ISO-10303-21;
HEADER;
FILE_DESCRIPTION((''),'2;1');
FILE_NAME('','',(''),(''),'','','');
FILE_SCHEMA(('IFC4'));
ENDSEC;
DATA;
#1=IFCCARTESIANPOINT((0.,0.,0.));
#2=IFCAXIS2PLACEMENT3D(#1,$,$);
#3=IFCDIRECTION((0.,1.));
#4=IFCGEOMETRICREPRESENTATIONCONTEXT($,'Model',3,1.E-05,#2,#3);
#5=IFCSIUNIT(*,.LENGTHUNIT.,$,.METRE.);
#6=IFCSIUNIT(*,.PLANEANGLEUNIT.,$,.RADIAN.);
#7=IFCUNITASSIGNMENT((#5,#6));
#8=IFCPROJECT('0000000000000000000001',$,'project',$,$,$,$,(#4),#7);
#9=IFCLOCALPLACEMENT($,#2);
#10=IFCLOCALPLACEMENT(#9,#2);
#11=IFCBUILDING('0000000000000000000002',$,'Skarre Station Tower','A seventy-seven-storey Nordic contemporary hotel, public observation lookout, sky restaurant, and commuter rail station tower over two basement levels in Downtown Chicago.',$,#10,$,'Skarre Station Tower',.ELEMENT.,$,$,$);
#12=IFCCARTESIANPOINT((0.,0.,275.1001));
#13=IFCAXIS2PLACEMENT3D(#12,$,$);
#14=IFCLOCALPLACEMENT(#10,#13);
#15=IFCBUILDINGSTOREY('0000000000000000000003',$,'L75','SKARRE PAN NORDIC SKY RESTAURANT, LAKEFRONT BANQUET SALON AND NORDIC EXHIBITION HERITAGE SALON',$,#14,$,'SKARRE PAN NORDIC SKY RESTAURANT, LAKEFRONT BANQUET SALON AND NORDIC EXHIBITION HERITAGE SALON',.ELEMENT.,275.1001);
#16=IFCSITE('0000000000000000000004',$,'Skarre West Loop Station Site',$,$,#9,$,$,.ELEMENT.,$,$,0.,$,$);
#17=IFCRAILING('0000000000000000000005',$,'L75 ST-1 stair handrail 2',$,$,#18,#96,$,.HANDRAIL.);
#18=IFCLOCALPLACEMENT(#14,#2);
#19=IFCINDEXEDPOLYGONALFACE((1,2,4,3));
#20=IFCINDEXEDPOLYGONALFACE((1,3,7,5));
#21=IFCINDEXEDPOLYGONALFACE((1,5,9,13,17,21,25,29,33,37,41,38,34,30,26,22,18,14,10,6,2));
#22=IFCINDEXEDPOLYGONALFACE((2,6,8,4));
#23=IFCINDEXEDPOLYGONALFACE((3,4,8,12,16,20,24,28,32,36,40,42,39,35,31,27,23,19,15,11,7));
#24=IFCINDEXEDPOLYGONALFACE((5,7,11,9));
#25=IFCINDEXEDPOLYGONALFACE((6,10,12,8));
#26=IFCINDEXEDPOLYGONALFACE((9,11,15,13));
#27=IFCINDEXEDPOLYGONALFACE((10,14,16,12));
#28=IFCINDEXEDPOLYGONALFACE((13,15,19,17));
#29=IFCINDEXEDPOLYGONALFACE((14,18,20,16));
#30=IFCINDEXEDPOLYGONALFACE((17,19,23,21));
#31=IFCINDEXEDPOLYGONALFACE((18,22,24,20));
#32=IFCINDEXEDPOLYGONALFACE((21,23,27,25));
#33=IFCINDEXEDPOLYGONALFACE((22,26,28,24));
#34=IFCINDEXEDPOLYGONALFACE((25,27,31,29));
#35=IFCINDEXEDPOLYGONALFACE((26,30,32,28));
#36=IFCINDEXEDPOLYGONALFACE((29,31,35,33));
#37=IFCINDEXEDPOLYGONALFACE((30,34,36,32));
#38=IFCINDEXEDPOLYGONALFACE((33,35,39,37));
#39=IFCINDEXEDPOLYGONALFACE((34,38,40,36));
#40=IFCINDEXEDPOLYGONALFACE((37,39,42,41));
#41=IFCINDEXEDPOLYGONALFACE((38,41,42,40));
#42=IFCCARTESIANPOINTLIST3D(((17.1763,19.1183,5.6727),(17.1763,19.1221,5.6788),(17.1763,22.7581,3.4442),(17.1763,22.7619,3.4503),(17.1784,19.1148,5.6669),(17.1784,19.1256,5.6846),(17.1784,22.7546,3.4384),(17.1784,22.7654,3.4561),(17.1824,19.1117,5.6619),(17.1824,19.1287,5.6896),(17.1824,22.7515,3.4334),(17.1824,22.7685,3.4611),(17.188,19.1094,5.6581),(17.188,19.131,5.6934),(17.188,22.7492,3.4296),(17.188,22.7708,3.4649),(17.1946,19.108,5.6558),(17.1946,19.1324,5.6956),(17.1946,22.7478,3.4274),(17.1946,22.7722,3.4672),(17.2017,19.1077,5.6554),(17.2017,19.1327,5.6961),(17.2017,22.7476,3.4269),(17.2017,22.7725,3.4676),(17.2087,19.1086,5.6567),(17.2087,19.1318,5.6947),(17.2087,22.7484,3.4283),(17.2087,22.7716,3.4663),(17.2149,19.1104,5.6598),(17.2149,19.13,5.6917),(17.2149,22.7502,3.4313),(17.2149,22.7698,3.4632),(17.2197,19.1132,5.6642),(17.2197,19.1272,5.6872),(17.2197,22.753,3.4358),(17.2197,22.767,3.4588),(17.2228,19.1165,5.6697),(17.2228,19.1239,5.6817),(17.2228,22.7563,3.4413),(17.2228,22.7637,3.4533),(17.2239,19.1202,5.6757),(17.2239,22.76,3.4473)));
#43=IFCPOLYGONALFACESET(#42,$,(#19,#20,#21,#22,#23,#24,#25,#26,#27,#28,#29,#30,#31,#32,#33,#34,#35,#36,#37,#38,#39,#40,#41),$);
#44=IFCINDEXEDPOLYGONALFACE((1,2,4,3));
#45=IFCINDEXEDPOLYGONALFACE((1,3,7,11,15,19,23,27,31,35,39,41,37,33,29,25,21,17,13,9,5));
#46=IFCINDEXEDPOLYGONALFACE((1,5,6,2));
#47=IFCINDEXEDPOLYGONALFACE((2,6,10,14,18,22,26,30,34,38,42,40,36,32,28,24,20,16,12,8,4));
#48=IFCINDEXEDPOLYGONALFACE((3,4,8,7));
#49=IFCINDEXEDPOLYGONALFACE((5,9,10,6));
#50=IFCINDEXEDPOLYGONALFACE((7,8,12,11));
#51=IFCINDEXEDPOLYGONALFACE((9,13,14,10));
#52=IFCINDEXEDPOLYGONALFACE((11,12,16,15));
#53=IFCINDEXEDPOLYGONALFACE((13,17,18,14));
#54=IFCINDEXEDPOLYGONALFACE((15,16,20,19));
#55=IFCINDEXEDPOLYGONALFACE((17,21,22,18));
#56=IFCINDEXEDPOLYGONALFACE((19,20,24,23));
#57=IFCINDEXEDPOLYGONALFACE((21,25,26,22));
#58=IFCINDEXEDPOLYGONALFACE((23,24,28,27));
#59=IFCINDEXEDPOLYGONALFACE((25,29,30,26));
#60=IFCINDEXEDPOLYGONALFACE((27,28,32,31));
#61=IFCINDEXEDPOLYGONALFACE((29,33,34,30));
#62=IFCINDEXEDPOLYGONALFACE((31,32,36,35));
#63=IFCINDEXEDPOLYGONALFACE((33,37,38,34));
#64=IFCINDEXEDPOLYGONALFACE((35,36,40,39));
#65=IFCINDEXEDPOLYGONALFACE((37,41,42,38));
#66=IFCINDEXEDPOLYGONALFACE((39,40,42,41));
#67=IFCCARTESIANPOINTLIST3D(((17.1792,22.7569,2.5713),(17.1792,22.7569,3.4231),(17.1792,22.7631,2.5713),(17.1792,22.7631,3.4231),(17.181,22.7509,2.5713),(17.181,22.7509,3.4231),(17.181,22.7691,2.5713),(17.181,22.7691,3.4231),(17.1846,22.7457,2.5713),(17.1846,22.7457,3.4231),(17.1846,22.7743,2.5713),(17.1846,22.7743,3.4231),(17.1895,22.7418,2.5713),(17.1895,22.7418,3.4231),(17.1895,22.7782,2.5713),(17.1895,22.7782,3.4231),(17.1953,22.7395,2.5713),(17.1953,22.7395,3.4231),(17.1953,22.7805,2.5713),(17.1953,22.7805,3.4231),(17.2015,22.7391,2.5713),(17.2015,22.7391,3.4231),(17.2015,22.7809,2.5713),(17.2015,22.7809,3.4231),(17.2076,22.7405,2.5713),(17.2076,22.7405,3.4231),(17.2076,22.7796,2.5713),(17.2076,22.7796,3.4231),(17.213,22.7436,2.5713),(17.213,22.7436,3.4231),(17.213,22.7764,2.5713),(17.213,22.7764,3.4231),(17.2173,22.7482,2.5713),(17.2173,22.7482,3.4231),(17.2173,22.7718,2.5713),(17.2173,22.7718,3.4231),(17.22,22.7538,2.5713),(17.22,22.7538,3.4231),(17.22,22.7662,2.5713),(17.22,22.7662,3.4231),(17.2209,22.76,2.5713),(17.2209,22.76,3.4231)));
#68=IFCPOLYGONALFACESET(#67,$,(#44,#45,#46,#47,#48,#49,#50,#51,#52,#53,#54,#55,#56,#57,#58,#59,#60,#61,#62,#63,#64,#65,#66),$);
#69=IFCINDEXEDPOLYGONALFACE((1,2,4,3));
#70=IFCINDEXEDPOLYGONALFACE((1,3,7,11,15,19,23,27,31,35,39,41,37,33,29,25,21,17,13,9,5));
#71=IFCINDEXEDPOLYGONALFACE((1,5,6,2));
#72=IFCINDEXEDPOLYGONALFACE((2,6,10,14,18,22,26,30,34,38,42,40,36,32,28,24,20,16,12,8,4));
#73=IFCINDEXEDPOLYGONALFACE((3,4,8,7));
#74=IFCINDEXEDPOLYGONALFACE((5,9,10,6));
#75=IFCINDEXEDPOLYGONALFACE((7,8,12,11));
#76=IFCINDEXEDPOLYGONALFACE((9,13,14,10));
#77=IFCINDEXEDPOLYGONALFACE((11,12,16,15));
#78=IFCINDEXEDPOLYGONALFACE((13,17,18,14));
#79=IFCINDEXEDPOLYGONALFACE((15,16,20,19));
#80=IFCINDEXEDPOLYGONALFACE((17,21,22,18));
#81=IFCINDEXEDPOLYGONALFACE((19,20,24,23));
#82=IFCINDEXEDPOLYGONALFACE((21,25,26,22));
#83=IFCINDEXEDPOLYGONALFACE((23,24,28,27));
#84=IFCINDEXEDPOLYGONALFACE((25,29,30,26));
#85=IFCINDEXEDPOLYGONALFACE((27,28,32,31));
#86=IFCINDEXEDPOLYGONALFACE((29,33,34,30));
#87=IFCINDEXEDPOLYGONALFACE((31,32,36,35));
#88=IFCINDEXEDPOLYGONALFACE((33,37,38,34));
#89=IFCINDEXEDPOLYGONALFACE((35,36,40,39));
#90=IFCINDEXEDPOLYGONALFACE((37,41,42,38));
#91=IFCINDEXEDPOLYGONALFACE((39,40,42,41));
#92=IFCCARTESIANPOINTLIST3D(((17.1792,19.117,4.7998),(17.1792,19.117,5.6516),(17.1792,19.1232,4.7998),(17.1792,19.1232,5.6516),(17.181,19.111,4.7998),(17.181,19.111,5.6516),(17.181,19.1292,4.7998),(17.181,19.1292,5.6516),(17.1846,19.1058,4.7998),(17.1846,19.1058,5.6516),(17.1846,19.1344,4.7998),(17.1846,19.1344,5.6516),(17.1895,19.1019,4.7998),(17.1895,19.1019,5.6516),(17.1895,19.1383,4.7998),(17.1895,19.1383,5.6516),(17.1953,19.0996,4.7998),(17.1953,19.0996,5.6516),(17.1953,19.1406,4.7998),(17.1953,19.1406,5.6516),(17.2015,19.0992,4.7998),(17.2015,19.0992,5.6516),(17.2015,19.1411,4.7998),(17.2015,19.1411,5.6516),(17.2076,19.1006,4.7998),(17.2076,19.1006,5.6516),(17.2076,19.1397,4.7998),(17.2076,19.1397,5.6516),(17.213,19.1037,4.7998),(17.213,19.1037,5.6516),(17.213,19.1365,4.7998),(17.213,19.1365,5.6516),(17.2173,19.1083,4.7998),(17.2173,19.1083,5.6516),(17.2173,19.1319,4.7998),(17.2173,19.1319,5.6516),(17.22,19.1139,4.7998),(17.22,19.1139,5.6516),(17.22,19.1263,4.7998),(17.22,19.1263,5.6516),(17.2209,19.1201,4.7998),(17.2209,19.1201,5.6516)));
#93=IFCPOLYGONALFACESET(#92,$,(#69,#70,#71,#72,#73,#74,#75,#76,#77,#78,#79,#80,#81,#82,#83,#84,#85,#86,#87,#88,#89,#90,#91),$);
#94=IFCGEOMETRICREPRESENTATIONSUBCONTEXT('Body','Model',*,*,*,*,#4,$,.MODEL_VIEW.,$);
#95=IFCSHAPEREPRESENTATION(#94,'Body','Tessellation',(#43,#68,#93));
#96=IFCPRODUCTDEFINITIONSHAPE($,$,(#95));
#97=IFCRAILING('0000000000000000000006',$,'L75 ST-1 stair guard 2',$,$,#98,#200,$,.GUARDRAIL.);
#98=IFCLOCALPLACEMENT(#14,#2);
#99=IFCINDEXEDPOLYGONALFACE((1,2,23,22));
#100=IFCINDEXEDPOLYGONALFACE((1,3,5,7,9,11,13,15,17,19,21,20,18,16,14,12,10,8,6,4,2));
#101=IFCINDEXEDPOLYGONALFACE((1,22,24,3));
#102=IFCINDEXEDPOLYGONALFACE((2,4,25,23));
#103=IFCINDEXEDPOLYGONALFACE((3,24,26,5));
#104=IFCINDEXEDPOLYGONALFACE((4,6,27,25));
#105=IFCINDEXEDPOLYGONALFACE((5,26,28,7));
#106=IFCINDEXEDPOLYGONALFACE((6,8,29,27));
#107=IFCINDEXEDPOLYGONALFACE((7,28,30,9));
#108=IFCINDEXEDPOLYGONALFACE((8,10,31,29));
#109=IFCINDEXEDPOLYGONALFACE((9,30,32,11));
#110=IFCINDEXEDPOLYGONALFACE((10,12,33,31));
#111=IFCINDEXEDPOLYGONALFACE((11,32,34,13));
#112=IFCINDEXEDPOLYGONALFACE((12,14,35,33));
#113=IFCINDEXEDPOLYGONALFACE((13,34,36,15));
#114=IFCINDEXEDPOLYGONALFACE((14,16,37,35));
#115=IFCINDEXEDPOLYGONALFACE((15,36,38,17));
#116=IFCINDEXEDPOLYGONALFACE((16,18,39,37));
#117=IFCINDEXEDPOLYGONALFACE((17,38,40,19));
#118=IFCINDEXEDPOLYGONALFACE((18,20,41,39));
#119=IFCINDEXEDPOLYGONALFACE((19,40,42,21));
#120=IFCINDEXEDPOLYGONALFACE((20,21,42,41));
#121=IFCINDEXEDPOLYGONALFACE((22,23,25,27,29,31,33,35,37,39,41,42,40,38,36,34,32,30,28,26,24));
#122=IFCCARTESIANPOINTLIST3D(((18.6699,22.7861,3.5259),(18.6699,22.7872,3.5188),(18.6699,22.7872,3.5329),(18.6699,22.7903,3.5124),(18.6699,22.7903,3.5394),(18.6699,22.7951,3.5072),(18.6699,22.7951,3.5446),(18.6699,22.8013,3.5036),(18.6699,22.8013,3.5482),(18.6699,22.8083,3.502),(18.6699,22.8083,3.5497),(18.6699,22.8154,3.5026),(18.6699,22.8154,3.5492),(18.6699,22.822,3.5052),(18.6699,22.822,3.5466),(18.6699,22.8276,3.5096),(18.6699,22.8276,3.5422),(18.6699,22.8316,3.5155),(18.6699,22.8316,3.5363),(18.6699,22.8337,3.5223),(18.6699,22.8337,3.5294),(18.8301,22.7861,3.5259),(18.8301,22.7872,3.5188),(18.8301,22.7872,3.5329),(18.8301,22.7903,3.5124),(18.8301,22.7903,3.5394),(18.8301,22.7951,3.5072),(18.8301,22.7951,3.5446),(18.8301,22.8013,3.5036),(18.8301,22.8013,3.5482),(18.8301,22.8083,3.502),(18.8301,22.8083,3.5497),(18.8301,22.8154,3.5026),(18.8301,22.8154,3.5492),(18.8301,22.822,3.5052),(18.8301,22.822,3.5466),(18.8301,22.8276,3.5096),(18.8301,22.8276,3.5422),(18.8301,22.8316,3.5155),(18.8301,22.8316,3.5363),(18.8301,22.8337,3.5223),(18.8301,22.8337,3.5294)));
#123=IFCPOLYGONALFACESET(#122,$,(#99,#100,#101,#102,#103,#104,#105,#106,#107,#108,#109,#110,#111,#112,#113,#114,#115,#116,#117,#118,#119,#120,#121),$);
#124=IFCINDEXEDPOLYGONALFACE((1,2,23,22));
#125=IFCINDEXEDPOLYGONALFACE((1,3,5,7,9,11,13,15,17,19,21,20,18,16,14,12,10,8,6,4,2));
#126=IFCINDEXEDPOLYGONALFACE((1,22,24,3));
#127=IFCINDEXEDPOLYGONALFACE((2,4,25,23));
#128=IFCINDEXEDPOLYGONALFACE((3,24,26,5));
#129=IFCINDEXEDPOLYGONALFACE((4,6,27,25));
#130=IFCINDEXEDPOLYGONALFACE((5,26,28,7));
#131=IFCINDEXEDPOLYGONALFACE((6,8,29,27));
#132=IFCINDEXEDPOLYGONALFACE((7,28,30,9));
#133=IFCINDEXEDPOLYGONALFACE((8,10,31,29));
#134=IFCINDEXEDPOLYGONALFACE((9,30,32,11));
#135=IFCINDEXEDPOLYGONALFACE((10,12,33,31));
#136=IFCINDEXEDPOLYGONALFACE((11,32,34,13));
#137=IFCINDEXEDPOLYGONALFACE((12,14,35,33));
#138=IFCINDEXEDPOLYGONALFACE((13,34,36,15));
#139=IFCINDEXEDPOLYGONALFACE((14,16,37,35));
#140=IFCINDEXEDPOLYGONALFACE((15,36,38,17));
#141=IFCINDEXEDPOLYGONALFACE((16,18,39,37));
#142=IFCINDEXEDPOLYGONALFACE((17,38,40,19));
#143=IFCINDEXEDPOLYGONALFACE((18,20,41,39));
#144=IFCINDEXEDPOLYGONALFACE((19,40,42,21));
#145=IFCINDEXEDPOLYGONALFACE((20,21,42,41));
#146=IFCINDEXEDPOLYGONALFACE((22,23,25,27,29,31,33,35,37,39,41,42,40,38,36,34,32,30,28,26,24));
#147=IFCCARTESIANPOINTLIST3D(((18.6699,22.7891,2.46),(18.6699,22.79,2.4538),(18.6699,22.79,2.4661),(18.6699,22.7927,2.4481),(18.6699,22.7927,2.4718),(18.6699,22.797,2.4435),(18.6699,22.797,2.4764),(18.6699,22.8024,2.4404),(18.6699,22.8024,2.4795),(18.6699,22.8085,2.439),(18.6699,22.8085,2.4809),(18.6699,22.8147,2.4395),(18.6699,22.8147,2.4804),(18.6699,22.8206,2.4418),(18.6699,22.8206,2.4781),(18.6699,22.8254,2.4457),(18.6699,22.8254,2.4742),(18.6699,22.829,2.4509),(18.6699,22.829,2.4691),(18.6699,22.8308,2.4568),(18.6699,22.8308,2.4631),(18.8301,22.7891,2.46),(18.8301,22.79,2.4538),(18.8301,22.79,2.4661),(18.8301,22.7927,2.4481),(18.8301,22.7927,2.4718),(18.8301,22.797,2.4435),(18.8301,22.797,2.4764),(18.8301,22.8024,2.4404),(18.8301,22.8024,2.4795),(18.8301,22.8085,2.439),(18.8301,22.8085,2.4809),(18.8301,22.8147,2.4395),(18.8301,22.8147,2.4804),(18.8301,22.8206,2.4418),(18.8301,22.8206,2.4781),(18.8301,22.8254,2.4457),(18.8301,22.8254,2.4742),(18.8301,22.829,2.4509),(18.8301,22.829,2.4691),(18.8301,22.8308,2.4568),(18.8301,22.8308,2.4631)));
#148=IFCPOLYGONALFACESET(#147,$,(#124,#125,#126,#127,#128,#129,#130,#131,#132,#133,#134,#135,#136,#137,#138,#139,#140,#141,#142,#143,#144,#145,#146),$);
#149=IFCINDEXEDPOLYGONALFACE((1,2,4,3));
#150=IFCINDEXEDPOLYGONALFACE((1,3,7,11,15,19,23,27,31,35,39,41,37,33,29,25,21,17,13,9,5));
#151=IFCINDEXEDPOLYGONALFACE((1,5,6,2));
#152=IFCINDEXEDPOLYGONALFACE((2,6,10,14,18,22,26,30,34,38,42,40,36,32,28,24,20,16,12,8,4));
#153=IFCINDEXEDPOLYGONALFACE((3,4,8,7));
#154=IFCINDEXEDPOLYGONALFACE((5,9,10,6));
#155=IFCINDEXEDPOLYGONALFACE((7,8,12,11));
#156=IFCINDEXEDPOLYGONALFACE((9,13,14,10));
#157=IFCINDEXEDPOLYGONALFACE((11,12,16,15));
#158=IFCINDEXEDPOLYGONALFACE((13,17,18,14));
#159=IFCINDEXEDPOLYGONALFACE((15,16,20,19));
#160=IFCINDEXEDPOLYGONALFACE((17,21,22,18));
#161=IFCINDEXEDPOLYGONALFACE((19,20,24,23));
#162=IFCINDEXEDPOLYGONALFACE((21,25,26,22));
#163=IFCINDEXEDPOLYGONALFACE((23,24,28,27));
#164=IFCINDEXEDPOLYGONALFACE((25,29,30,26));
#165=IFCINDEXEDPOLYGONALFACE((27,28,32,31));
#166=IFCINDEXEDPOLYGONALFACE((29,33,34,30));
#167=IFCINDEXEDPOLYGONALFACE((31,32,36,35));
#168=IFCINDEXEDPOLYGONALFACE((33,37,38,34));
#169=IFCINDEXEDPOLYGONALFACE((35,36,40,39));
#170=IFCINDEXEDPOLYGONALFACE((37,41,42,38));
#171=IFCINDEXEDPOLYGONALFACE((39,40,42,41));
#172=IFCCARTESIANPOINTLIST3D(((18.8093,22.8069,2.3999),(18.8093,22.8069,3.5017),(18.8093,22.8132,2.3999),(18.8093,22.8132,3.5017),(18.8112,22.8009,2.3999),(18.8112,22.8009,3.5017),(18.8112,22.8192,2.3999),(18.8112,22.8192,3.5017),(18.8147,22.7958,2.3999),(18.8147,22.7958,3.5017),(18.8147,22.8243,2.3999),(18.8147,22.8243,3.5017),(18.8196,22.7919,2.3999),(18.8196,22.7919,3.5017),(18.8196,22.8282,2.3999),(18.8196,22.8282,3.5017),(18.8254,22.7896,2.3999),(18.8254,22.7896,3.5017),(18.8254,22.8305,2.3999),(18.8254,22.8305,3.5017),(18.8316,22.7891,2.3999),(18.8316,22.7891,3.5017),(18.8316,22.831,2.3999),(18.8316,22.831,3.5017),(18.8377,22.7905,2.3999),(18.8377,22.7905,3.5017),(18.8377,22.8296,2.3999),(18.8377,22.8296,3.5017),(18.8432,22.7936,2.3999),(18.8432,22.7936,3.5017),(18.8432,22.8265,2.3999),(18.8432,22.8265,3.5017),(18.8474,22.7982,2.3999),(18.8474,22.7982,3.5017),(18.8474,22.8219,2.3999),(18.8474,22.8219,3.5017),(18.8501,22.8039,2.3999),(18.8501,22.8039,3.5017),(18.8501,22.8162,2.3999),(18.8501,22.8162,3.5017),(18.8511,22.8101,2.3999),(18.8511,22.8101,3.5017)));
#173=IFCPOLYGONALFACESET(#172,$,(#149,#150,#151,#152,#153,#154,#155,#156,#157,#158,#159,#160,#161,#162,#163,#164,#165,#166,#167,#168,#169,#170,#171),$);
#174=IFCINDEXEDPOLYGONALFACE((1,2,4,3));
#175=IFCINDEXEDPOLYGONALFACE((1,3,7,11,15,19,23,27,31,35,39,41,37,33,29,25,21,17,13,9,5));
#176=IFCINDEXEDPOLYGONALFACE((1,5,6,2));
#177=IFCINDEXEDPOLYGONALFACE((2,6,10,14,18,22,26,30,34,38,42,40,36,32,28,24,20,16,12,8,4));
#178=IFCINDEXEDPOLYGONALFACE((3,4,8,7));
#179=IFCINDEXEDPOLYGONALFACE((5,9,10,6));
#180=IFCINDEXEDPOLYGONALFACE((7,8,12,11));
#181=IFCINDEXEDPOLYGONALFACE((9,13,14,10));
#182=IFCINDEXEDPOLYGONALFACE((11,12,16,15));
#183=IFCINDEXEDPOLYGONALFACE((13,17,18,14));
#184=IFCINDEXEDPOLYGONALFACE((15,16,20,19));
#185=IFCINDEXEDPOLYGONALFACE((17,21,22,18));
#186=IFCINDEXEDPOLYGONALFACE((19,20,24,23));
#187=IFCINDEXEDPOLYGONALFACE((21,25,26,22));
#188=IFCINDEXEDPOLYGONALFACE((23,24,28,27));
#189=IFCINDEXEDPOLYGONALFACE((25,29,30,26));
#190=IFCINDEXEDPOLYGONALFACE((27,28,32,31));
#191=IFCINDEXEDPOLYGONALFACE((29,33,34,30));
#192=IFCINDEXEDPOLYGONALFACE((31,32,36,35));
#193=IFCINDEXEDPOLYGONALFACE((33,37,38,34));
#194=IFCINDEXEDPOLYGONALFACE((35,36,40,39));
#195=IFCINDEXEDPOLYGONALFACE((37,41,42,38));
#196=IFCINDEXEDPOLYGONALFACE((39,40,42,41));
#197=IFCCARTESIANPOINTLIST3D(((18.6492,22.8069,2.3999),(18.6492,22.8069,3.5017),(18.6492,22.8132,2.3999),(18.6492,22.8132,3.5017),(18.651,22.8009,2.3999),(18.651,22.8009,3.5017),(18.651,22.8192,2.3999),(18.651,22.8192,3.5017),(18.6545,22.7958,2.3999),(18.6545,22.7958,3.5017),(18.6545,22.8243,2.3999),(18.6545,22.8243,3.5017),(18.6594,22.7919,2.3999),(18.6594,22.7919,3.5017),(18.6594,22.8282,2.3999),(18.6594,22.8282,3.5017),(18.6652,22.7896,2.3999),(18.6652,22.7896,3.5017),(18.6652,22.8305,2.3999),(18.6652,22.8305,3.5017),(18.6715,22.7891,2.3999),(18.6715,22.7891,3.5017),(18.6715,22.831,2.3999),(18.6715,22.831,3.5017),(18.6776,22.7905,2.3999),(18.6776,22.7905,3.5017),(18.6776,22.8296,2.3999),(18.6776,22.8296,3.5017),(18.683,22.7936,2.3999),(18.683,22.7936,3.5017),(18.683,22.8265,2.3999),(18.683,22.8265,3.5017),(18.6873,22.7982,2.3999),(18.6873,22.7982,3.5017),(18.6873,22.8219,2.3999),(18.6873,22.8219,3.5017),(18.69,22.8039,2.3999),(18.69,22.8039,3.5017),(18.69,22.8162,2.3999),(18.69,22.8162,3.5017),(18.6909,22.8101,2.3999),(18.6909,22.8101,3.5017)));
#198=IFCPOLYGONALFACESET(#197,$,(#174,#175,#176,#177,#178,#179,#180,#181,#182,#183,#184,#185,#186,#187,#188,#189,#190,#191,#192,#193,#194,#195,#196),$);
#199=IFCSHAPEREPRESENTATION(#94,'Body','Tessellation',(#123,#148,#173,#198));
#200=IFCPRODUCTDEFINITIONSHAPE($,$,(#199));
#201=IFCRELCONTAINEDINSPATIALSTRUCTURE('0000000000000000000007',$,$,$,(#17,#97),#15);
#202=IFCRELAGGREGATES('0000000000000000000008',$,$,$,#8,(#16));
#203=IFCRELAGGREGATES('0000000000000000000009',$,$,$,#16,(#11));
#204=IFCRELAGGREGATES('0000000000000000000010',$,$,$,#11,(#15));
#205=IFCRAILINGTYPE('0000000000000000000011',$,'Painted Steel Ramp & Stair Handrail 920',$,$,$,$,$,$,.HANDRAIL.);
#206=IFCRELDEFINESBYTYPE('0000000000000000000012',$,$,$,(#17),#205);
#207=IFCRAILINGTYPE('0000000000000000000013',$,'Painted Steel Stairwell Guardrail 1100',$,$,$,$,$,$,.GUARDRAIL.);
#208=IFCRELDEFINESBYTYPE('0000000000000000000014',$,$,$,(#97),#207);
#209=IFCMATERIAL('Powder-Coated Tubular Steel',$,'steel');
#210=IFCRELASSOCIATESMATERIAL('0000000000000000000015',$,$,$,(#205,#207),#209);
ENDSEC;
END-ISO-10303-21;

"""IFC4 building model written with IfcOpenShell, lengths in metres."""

from ifc_helpers import new_model, si_unit, direction, frame, origin, origin_2d, place, context, subcontext, project, spatial, circle, extrude, material, type_object, element, save


model = new_model("IFC4")

# Units and contexts
model_context = context("Model", 3, precision=1e-05, world=origin(), true_north=direction((0.0, 1.0)))
body_context = subcontext(model_context, "Body", "Model", "MODEL_VIEW")
ifc_project = project(units=[si_unit("LENGTHUNIT", "METRE"), si_unit("PLANEANGLEUNIT", "RADIAN")], contexts=[model_context])

# Site, building, storey
site_placement = place(None, origin())
site = spatial("IfcSite", under=ifc_project, at=site_placement, Name="Skarre West Loop Station Site", CompositionType="ELEMENT", RefElevation=0.0)
building_placement = place(site_placement, origin())
building = spatial("IfcBuilding", under=site, at=building_placement, Name="Skarre Station Tower", Description="A seventy-seven-storey Nordic contemporary hotel, public observation lookout, sky restaurant, and commuter rail station tower over two basement levels in Downtown Chicago.", LongName="Skarre Station Tower", CompositionType="ELEMENT")
storey_placement = place(building_placement, frame((0.0, 0.0, 275.1001)))
storey = spatial("IfcBuildingStorey", under=building, at=storey_placement, Name="L75", Description="SKARRE PAN NORDIC SKY RESTAURANT, LAKEFRONT BANQUET SALON AND NORDIC EXHIBITION HERITAGE SALON", LongName="SKARRE PAN NORDIC SKY RESTAURANT, LAKEFRONT BANQUET SALON AND NORDIC EXHIBITION HERITAGE SALON", CompositionType="ELEMENT", Elevation=275.1001)

# Railings
ifc_material_1 = material(Name="Powder-Coated Tubular Steel", Category="steel")
railing_type_1 = type_object("IfcRailingType", Name="Painted Steel Ramp & Stair Handrail 920", PredefinedType="HANDRAIL", material=ifc_material_1)
railing_1_placement = place(storey_placement, frame((17.2, 22.76, 2.5713)))
element("IfcRailing", 1, at=railing_1_placement, inside=storey, type_object=railing_type_1, Name="L75 ST-1 stair handrail 2", PredefinedType="HANDRAIL", context=body_context, shape_type="SweptSolid", body=[
    extrude(circle(Radius=0.0239, at=origin_2d()), frame((0.0, 0.0, 0.876), z_axis=(0.0, -0.85285, 0.522156), x_axis=(1.0, 0.0, 0.0)), (0.0, 0.0, 1.0), 4.2678),
    extrude(circle(Radius=0.021, at=origin_2d()), origin(), (0.0, 0.0, 1.0), 0.8518),
    extrude(circle(Radius=0.021, at=origin_2d()), frame((0.0, -3.6399, 2.2285)), (0.0, 0.0, 1.0), 0.8518),
])
railing_type_2 = type_object("IfcRailingType", Name="Painted Steel Stairwell Guardrail 1100", PredefinedType="GUARDRAIL", material=ifc_material_1)
railing_2_placement = place(storey_placement, frame((18.8301, 22.8101, 2.3999)))
element("IfcRailing", 2, at=railing_2_placement, inside=storey, type_object=railing_type_2, Name="L75 ST-1 stair guard 2", PredefinedType="GUARDRAIL", context=body_context, shape_type="SweptSolid", body=[
    extrude(circle(Radius=0.0239, at=origin_2d()), frame((0.0, 0.0, 1.126), z_axis=(-1.0, 0.0, 0.0), x_axis=(0.0, -1.0, 0.0)), (0.0, 0.0, 1.0), 0.1602),
    extrude(circle(Radius=0.021, at=origin_2d()), frame((0.0, 0.0, 0.0601), z_axis=(-1.0, 0.0, 0.0), x_axis=(0.0, -1.0, 0.0)), (0.0, 0.0, 1.0), 0.1602),
    extrude(circle(Radius=0.021, at=origin_2d()), origin(), (0.0, 0.0, 1.0), 1.1018),
    extrude(circle(Radius=0.021, at=origin_2d()), frame((-0.1602, 0.0, 0.0)), (0.0, 0.0, 1.0), 1.1018),
])

save(model, "model.ifc")
